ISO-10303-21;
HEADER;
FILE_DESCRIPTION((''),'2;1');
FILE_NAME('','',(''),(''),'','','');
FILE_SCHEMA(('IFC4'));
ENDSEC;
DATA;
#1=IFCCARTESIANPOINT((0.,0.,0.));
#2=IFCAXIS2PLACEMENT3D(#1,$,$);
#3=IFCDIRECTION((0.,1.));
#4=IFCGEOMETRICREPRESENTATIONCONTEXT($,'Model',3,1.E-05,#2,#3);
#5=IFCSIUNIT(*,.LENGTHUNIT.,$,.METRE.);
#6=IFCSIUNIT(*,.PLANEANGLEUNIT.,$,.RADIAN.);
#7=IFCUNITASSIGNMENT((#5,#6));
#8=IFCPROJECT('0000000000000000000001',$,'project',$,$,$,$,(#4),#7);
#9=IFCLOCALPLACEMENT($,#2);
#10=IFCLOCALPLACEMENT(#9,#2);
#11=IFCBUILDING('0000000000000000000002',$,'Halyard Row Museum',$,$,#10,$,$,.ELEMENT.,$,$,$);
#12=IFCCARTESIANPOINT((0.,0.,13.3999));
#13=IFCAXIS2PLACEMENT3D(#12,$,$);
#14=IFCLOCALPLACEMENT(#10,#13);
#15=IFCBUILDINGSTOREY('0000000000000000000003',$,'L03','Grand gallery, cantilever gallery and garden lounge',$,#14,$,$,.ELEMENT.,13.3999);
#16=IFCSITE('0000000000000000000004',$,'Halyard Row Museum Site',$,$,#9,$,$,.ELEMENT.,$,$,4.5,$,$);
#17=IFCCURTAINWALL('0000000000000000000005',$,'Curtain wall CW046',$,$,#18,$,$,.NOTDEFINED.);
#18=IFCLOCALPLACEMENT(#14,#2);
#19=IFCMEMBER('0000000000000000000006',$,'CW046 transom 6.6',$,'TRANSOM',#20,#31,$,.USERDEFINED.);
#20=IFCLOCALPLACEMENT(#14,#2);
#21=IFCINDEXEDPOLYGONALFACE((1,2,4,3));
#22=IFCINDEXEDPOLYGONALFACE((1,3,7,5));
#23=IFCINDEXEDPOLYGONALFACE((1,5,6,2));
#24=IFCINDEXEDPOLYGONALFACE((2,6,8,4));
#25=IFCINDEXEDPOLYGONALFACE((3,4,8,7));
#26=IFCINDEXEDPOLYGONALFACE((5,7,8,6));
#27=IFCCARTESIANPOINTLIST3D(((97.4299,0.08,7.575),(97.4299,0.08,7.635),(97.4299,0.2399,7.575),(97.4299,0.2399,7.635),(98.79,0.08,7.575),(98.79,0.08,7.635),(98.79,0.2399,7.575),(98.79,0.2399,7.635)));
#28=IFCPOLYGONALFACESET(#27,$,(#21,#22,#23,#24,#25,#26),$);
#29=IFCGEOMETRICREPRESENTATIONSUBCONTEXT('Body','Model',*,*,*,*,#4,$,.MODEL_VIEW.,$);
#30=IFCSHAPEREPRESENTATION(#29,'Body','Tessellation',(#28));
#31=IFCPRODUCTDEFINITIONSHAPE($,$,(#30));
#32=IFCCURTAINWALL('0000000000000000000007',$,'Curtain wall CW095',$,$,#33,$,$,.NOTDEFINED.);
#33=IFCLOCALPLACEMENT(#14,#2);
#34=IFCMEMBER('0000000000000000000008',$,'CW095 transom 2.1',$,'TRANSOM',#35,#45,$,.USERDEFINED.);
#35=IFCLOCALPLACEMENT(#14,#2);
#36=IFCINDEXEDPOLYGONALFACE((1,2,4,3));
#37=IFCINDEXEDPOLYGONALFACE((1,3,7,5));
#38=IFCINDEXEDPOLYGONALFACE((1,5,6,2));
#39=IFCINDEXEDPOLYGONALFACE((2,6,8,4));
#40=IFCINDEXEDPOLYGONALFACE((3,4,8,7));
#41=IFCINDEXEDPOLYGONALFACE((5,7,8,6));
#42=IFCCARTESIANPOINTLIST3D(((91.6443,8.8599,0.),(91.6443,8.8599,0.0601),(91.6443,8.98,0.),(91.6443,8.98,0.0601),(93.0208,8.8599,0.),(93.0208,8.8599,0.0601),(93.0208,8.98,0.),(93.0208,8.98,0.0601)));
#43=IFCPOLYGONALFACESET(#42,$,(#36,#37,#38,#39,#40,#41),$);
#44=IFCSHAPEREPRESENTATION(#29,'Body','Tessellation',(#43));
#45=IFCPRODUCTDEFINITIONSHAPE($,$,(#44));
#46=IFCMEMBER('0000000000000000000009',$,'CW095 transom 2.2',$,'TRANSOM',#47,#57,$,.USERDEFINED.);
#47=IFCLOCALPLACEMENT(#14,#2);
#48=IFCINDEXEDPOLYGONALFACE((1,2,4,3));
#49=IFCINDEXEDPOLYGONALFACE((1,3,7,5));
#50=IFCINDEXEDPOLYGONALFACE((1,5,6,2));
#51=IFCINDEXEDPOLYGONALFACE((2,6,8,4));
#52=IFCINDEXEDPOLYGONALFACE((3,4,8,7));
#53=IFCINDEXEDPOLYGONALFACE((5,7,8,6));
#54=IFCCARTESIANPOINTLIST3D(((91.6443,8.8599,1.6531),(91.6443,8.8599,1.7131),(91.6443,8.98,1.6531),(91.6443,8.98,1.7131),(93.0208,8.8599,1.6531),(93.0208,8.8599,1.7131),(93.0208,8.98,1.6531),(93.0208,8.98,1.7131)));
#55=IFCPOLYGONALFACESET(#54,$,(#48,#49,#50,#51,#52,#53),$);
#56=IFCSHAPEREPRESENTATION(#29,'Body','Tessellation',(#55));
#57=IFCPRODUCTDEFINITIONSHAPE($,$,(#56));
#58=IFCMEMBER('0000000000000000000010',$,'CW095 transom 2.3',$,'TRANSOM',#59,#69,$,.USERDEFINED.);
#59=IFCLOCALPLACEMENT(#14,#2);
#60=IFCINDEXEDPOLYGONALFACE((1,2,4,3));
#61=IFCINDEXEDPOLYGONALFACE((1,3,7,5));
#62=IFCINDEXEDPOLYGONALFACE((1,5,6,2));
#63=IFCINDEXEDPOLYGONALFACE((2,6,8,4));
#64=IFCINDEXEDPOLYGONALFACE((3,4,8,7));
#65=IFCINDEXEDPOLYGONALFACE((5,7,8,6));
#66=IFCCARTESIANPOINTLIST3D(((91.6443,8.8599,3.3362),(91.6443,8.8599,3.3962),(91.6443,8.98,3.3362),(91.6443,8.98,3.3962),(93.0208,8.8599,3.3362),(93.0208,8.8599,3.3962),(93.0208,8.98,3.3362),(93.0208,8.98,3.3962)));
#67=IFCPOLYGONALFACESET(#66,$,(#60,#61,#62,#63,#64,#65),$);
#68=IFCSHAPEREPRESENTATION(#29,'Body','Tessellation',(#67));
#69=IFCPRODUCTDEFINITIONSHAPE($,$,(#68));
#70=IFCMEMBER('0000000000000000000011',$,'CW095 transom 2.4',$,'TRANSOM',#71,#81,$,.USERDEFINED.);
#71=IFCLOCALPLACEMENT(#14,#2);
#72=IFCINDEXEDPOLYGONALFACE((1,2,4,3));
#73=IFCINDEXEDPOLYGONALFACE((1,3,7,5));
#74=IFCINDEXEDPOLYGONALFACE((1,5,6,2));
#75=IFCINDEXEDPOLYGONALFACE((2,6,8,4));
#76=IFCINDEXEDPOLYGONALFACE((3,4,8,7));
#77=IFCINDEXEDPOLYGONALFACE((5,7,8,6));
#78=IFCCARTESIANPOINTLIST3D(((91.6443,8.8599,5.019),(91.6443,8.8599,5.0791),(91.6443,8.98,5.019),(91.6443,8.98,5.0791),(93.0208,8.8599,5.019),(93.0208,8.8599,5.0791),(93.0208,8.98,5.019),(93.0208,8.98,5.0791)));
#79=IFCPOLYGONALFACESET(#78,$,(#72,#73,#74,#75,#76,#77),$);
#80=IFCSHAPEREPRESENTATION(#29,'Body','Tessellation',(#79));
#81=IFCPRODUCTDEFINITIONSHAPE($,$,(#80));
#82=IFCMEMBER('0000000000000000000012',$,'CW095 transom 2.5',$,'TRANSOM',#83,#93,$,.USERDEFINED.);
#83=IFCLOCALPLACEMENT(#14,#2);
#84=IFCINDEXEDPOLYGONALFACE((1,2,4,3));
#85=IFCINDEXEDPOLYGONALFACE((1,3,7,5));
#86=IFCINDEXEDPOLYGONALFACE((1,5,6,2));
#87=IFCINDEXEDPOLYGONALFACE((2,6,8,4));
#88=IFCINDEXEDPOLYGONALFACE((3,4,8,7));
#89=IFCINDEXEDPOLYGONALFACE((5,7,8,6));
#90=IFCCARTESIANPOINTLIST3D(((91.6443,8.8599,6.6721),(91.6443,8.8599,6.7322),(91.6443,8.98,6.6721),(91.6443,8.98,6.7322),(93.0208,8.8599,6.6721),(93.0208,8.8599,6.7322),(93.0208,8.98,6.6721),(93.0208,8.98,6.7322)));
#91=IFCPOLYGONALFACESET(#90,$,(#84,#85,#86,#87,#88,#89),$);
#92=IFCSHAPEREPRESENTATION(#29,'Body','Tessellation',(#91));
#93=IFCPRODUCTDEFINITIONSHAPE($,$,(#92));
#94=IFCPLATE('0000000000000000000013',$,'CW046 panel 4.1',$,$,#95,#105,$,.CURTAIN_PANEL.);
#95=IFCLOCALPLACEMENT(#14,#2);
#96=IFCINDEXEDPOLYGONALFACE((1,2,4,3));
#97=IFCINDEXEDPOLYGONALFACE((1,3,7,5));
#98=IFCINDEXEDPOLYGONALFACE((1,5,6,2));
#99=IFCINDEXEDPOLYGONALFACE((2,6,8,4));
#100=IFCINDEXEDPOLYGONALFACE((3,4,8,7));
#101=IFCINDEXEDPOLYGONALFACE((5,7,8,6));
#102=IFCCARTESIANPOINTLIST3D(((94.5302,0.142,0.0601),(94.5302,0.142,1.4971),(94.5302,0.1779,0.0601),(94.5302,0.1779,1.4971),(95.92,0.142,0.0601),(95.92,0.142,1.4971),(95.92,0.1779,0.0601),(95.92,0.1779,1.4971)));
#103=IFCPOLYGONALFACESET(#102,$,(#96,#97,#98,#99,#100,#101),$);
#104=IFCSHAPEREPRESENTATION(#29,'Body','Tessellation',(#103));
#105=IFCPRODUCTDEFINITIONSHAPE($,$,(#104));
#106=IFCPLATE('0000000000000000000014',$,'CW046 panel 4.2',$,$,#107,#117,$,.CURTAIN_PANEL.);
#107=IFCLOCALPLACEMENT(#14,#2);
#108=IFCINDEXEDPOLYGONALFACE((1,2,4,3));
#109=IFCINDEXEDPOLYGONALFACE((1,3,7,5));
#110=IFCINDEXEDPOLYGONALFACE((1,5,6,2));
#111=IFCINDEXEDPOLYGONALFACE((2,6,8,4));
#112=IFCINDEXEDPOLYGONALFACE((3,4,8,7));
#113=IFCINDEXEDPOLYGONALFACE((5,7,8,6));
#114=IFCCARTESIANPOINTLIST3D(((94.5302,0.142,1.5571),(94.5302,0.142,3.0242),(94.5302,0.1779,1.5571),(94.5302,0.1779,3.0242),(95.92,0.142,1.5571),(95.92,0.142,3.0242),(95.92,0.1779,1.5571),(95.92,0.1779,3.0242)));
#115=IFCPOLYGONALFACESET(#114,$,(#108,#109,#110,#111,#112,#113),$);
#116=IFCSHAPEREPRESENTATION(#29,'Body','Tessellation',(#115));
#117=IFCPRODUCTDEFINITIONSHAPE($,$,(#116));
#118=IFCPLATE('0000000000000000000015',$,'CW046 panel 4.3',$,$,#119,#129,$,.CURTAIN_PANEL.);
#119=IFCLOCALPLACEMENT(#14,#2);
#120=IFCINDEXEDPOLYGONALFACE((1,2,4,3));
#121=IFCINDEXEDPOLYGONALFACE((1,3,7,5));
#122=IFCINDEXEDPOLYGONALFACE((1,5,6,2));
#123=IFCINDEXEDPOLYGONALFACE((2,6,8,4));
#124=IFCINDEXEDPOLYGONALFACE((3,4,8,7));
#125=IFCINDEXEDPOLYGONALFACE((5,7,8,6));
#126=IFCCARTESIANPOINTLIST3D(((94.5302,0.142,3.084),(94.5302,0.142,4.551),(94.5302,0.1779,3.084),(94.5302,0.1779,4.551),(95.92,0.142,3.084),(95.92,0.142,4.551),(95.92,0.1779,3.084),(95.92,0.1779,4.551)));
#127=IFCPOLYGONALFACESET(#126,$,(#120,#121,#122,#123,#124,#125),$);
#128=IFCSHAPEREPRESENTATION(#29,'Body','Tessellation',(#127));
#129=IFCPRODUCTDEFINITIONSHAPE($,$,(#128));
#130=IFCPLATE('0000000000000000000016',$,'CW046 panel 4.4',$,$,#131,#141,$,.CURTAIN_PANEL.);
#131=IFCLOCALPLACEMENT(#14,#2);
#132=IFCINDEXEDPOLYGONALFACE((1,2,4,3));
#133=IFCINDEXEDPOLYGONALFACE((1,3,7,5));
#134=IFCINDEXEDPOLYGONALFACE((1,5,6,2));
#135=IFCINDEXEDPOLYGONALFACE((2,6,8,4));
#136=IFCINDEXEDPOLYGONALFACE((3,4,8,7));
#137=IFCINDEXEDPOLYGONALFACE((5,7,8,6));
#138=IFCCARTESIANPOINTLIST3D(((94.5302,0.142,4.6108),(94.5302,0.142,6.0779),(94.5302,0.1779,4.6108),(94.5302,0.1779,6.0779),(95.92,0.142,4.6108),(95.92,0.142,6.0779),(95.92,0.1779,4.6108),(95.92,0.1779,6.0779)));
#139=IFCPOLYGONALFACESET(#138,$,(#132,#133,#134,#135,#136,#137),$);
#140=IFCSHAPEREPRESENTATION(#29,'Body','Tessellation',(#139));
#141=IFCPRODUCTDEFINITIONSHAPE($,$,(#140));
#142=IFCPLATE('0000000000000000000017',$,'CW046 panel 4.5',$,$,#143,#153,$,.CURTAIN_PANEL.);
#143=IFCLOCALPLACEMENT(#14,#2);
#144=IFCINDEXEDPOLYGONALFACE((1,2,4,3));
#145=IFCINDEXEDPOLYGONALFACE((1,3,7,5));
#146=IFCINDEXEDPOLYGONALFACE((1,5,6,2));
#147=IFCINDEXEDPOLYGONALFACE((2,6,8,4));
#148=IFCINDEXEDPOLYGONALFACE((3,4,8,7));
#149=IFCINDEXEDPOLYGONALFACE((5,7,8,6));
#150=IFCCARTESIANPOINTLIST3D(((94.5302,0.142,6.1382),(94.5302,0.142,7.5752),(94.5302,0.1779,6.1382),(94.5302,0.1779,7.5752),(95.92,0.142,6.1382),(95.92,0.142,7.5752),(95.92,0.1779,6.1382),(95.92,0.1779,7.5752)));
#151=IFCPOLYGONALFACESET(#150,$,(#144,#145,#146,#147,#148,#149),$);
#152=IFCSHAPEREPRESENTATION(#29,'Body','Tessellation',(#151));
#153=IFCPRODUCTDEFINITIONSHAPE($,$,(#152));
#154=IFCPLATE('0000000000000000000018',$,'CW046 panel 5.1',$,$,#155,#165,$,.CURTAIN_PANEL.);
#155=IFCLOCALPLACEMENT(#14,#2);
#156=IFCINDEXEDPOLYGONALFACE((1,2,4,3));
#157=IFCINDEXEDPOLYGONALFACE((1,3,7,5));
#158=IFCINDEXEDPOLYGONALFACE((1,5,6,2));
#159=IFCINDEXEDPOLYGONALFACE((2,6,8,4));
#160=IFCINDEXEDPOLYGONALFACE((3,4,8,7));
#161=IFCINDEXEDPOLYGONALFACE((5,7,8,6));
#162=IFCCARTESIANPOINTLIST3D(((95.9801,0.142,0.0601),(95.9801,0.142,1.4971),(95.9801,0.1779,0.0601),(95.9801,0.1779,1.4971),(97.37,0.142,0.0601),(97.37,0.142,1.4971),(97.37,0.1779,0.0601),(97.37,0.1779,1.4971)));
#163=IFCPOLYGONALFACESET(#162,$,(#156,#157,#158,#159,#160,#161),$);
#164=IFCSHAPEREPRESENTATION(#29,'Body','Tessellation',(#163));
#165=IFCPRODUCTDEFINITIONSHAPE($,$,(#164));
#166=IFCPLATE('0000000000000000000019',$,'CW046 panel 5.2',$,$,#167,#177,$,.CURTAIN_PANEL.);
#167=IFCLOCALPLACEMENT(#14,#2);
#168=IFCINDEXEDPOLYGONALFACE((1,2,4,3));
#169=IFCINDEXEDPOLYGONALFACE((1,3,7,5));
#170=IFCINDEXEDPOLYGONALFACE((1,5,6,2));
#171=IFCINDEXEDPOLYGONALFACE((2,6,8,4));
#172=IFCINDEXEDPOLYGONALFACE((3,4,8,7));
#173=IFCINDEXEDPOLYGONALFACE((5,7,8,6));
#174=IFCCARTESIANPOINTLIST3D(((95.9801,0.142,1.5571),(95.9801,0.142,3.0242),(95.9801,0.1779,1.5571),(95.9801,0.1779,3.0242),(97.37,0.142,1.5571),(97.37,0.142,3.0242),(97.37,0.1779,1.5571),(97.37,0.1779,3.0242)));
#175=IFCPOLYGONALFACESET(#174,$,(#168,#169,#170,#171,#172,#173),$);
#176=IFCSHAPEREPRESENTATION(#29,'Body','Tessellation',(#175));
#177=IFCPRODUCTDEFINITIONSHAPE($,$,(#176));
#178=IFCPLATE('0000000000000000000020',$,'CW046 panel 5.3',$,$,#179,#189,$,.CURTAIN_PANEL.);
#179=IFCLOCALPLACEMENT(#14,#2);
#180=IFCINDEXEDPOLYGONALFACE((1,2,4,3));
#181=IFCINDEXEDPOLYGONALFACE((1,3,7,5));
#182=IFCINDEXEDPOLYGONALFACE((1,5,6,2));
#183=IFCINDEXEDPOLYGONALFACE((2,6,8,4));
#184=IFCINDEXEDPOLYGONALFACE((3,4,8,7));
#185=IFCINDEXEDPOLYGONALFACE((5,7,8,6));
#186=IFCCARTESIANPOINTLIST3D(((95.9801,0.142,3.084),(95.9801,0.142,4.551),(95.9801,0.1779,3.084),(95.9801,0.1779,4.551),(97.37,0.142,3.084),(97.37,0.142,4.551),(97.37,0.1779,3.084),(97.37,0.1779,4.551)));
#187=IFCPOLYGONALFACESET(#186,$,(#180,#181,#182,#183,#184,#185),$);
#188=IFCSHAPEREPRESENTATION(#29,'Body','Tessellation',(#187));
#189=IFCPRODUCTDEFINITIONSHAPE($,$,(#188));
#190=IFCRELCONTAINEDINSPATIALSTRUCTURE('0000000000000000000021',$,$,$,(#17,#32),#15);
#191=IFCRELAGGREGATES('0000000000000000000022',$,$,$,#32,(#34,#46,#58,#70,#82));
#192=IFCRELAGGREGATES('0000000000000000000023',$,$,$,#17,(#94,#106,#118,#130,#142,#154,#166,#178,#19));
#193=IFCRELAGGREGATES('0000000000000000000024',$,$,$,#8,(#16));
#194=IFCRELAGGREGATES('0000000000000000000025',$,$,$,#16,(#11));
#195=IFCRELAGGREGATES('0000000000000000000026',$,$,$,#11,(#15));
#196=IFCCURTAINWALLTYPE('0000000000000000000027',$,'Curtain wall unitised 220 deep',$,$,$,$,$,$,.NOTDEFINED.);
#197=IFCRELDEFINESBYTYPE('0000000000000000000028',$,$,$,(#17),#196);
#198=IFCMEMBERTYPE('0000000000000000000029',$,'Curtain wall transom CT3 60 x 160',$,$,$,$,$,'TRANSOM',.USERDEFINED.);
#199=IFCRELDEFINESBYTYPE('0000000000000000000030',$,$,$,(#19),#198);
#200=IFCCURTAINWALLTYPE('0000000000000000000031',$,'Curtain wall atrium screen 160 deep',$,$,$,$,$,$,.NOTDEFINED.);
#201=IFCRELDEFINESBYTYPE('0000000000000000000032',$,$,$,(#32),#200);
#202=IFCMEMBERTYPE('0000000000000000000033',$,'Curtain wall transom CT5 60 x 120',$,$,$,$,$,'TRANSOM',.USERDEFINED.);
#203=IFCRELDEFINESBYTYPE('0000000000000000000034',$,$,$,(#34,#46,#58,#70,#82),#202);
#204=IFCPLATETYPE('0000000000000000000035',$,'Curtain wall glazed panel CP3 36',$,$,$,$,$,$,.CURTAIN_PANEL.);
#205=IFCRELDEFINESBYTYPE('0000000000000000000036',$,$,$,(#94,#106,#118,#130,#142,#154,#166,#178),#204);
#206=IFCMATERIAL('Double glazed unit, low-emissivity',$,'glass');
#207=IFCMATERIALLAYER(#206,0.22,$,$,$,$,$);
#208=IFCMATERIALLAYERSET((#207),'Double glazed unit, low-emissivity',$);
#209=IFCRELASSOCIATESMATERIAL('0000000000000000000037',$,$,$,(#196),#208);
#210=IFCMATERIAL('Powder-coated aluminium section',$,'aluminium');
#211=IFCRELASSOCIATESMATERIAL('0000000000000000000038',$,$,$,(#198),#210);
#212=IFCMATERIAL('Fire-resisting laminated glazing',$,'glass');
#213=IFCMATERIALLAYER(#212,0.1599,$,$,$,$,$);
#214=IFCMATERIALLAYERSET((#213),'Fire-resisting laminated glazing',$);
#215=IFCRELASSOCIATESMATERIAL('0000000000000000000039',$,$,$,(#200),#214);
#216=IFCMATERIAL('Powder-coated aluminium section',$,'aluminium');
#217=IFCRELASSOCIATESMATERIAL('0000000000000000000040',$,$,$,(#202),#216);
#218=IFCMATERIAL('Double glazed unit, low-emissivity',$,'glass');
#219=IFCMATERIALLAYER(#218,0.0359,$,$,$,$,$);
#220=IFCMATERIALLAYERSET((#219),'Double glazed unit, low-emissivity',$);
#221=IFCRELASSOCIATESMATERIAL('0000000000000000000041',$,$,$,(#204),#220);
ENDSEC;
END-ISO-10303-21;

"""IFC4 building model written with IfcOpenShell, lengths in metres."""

from ifc_helpers import new_model, si_unit, direction, frame, origin, origin_2d, place, context, subcontext, project, spatial, rectangle, extrude, material, layer, layer_set, material_profile, profile_set, type_object, element, aggregate, save


model = new_model("IFC4")

# Units and contexts
model_context = context("Model", 3, precision=1e-05, world=origin(), true_north=direction((0.0, 1.0)))
body_context = subcontext(model_context, "Body", "Model", "MODEL_VIEW")
ifc_project = project(units=[si_unit("LENGTHUNIT", "METRE"), si_unit("PLANEANGLEUNIT", "RADIAN")], contexts=[model_context])

# Site, building, storey
site_placement = place(None, origin())
site = spatial("IfcSite", under=ifc_project, at=site_placement, Name="Halyard Row Museum Site", CompositionType="ELEMENT", RefElevation=4.5)
building_placement = place(site_placement, origin())
building = spatial("IfcBuilding", under=site, at=building_placement, Name="Halyard Row Museum", CompositionType="ELEMENT")
storey_placement = place(building_placement, frame((0.0, 0.0, 13.3999)))
storey = spatial("IfcBuildingStorey", under=building, at=storey_placement, Name="L03", Description="Grand gallery, cantilever gallery and garden lounge", CompositionType="ELEMENT", Elevation=13.3999)

# Curtain walls, members
ifc_material_1 = material(Name="Double glazed unit, low-emissivity", Category="glass")
ifc_layer_1 = layer(ifc_material_1, 0.22)
ifc_layer_set_1 = layer_set([ifc_layer_1], Name="Double glazed unit, low-emissivity")
curtain_wall_type_1 = type_object("IfcCurtainWallType", Name="Curtain wall unitised 220 deep", PredefinedType="NOTDEFINED", material=ifc_layer_set_1)
curtain_wall_1_placement = place(storey_placement, origin())
curtain_wall_1 = element("IfcCurtainWall", 1, at=curtain_wall_1_placement, inside=storey, type_object=curtain_wall_type_1, Name="Curtain wall CW046", PredefinedType="NOTDEFINED")
ifc_material_2 = material(Name="Powder-coated aluminium section", Category="aluminium")
ifc_material_profile_1 = material_profile(ifc_material_2, rectangle(XDim=0.1599, YDim=0.0601, at=origin_2d()), Name="160x60 transom")
ifc_profile_set_1 = profile_set([ifc_material_profile_1], Name="Powder-coated aluminium section")
member_type_1 = type_object("IfcMemberType", Name="Curtain wall transom CT3 60 x 160", ElementType="TRANSOM", PredefinedType="USERDEFINED", material=ifc_profile_set_1)
member_1_placement = place(storey_placement, frame((97.4299, 0.1599, 7.605), z_axis=(1.0, 0.0, 0.0), x_axis=(0.0, 1.0, 0.0)))
member_1 = element("IfcMember", 2, at=member_1_placement, type_object=member_type_1, Name="CW046 transom 6.6", ObjectType="TRANSOM", PredefinedType="USERDEFINED", context=body_context, shape_type="SweptSolid", body=[
    extrude(rectangle(XDim=0.1599, YDim=0.0601, at=origin_2d()), origin(), (0.0, 0.0, 1.0), 1.3601),
])
ifc_material_3 = material(Name="Fire-resisting laminated glazing", Category="glass")
ifc_layer_2 = layer(ifc_material_3, 0.1599)
ifc_layer_set_2 = layer_set([ifc_layer_2], Name="Fire-resisting laminated glazing")
curtain_wall_type_2 = type_object("IfcCurtainWallType", Name="Curtain wall atrium screen 160 deep", PredefinedType="NOTDEFINED", material=ifc_layer_set_2)
curtain_wall_2_placement = place(storey_placement, origin())
curtain_wall_2 = element("IfcCurtainWall", 3, at=curtain_wall_2_placement, inside=storey, type_object=curtain_wall_type_2, Name="Curtain wall CW095", PredefinedType="NOTDEFINED")
ifc_material_4 = material(Name="Powder-coated aluminium section", Category="aluminium")
ifc_material_profile_2 = material_profile(ifc_material_4, rectangle(XDim=0.1201, YDim=0.0601, at=origin_2d()), Name="120x60 transom")
ifc_profile_set_2 = profile_set([ifc_material_profile_2], Name="Powder-coated aluminium section")
member_type_2 = type_object("IfcMemberType", Name="Curtain wall transom CT5 60 x 120", ElementType="TRANSOM", PredefinedType="USERDEFINED", material=ifc_profile_set_2)
member_2_placement = place(storey_placement, frame((91.6443, 8.9199, 0.03), z_axis=(1.0, 0.0, 0.0), x_axis=(0.0, 1.0, 0.0)))
member_2 = element("IfcMember", 4, at=member_2_placement, type_object=member_type_2, Name="CW095 transom 2.1", ObjectType="TRANSOM", PredefinedType="USERDEFINED", context=body_context, shape_type="SweptSolid", body=[
    extrude(rectangle(XDim=0.1201, YDim=0.0601, at=origin_2d()), origin(), (0.0, 0.0, 1.0), 1.3765),
])
member_3_placement = place(storey_placement, frame((91.6443, 8.9199, 1.6831), z_axis=(1.0, 0.0, 0.0), x_axis=(0.0, 1.0, 0.0)))
member_3 = element("IfcMember", 5, at=member_3_placement, type_object=member_type_2, Name="CW095 transom 2.2", ObjectType="TRANSOM", PredefinedType="USERDEFINED", context=body_context, shape_type="SweptSolid", body=[
    extrude(rectangle(XDim=0.1201, YDim=0.0601, at=origin_2d()), origin(), (0.0, 0.0, 1.0), 1.3765),
])
member_4_placement = place(storey_placement, frame((91.6443, 8.9199, 3.3662), z_axis=(1.0, 0.0, 0.0), x_axis=(0.0, 1.0, 0.0)))
member_4 = element("IfcMember", 6, at=member_4_placement, type_object=member_type_2, Name="CW095 transom 2.3", ObjectType="TRANSOM", PredefinedType="USERDEFINED", context=body_context, shape_type="SweptSolid", body=[
    extrude(rectangle(XDim=0.1201, YDim=0.0601, at=origin_2d()), origin(), (0.0, 0.0, 1.0), 1.3765),
])
member_5_placement = place(storey_placement, frame((91.6443, 8.9199, 5.0491), z_axis=(1.0, 0.0, 0.0), x_axis=(0.0, 1.0, 0.0)))
member_5 = element("IfcMember", 7, at=member_5_placement, type_object=member_type_2, Name="CW095 transom 2.4", ObjectType="TRANSOM", PredefinedType="USERDEFINED", context=body_context, shape_type="SweptSolid", body=[
    extrude(rectangle(XDim=0.1201, YDim=0.0601, at=origin_2d()), origin(), (0.0, 0.0, 1.0), 1.3765),
])
member_6_placement = place(storey_placement, frame((91.6443, 8.9199, 6.7021), z_axis=(1.0, 0.0, 0.0), x_axis=(0.0, 1.0, 0.0)))
member_6 = element("IfcMember", 8, at=member_6_placement, type_object=member_type_2, Name="CW095 transom 2.5", ObjectType="TRANSOM", PredefinedType="USERDEFINED", context=body_context, shape_type="SweptSolid", body=[
    extrude(rectangle(XDim=0.1201, YDim=0.0601, at=origin_2d()), origin(), (0.0, 0.0, 1.0), 1.3765),
])
aggregate(curtain_wall_2, [member_2, member_3, member_4, member_5, member_6])

# Plates
ifc_material_5 = material(Name="Double glazed unit, low-emissivity", Category="glass")
ifc_layer_3 = layer(ifc_material_5, 0.0359)
ifc_layer_set_3 = layer_set([ifc_layer_3], Name="Double glazed unit, low-emissivity")
plate_type = type_object("IfcPlateType", Name="Curtain wall glazed panel CP3 36", PredefinedType="CURTAIN_PANEL", material=ifc_layer_set_3)
plate_1_placement = place(storey_placement, frame((95.2251, 0.1599, 0.0601), z_axis=(0.0, 0.0, 1.0), x_axis=(1.0, 0.0, 0.0)))
plate_1 = element("IfcPlate", 9, at=plate_1_placement, type_object=plate_type, Name="CW046 panel 4.1", PredefinedType="CURTAIN_PANEL", context=body_context, shape_type="SweptSolid", body=[
    extrude(rectangle(XDim=1.3899, YDim=0.0359, at=origin_2d()), origin(), (0.0, 0.0, 1.0), 1.437),
])
plate_2_placement = place(storey_placement, frame((95.2251, 0.1599, 1.5571), z_axis=(0.0, 0.0, 1.0), x_axis=(1.0, 0.0, 0.0)))
plate_2 = element("IfcPlate", 10, at=plate_2_placement, type_object=plate_type, Name="CW046 panel 4.2", PredefinedType="CURTAIN_PANEL", context=body_context, shape_type="SweptSolid", body=[
    extrude(rectangle(XDim=1.3899, YDim=0.0359, at=origin_2d()), origin(), (0.0, 0.0, 1.0), 1.467),
])
plate_3_placement = place(storey_placement, frame((95.2251, 0.1599, 3.084), z_axis=(0.0, 0.0, 1.0), x_axis=(1.0, 0.0, 0.0)))
plate_3 = element("IfcPlate", 11, at=plate_3_placement, type_object=plate_type, Name="CW046 panel 4.3", PredefinedType="CURTAIN_PANEL", context=body_context, shape_type="SweptSolid", body=[
    extrude(rectangle(XDim=1.3899, YDim=0.0359, at=origin_2d()), origin(), (0.0, 0.0, 1.0), 1.467),
])
plate_4_placement = place(storey_placement, frame((95.2251, 0.1599, 4.6108), z_axis=(0.0, 0.0, 1.0), x_axis=(1.0, 0.0, 0.0)))
plate_4 = element("IfcPlate", 12, at=plate_4_placement, type_object=plate_type, Name="CW046 panel 4.4", PredefinedType="CURTAIN_PANEL", context=body_context, shape_type="SweptSolid", body=[
    extrude(rectangle(XDim=1.3899, YDim=0.0359, at=origin_2d()), origin(), (0.0, 0.0, 1.0), 1.467),
])
plate_5_placement = place(storey_placement, frame((95.2251, 0.1599, 6.1382), z_axis=(0.0, 0.0, 1.0), x_axis=(1.0, 0.0, 0.0)))
plate_5 = element("IfcPlate", 13, at=plate_5_placement, type_object=plate_type, Name="CW046 panel 4.5", PredefinedType="CURTAIN_PANEL", context=body_context, shape_type="SweptSolid", body=[
    extrude(rectangle(XDim=1.3899, YDim=0.0359, at=origin_2d()), origin(), (0.0, 0.0, 1.0), 1.437),
])
plate_6_placement = place(storey_placement, frame((96.675, 0.1599, 0.0601), z_axis=(0.0, 0.0, 1.0), x_axis=(1.0, 0.0, 0.0)))
plate_6 = element("IfcPlate", 14, at=plate_6_placement, type_object=plate_type, Name="CW046 panel 5.1", PredefinedType="CURTAIN_PANEL", context=body_context, shape_type="SweptSolid", body=[
    extrude(rectangle(XDim=1.3899, YDim=0.0359, at=origin_2d()), origin(), (0.0, 0.0, 1.0), 1.437),
])
plate_7_placement = place(storey_placement, frame((96.675, 0.1599, 1.5571), z_axis=(0.0, 0.0, 1.0), x_axis=(1.0, 0.0, 0.0)))
plate_7 = element("IfcPlate", 15, at=plate_7_placement, type_object=plate_type, Name="CW046 panel 5.2", PredefinedType="CURTAIN_PANEL", context=body_context, shape_type="SweptSolid", body=[
    extrude(rectangle(XDim=1.3899, YDim=0.0359, at=origin_2d()), origin(), (0.0, 0.0, 1.0), 1.467),
])
plate_8_placement = place(storey_placement, frame((96.675, 0.1599, 3.084), z_axis=(0.0, 0.0, 1.0), x_axis=(1.0, 0.0, 0.0)))
plate_8 = element("IfcPlate", 16, at=plate_8_placement, type_object=plate_type, Name="CW046 panel 5.3", PredefinedType="CURTAIN_PANEL", context=body_context, shape_type="SweptSolid", body=[
    extrude(rectangle(XDim=1.3899, YDim=0.0359, at=origin_2d()), origin(), (0.0, 0.0, 1.0), 1.467),
])
aggregate(curtain_wall_1, [plate_1, plate_2, plate_3, plate_4, plate_5, plate_6, plate_7, plate_8, member_1])

save(model, "model.ifc")
